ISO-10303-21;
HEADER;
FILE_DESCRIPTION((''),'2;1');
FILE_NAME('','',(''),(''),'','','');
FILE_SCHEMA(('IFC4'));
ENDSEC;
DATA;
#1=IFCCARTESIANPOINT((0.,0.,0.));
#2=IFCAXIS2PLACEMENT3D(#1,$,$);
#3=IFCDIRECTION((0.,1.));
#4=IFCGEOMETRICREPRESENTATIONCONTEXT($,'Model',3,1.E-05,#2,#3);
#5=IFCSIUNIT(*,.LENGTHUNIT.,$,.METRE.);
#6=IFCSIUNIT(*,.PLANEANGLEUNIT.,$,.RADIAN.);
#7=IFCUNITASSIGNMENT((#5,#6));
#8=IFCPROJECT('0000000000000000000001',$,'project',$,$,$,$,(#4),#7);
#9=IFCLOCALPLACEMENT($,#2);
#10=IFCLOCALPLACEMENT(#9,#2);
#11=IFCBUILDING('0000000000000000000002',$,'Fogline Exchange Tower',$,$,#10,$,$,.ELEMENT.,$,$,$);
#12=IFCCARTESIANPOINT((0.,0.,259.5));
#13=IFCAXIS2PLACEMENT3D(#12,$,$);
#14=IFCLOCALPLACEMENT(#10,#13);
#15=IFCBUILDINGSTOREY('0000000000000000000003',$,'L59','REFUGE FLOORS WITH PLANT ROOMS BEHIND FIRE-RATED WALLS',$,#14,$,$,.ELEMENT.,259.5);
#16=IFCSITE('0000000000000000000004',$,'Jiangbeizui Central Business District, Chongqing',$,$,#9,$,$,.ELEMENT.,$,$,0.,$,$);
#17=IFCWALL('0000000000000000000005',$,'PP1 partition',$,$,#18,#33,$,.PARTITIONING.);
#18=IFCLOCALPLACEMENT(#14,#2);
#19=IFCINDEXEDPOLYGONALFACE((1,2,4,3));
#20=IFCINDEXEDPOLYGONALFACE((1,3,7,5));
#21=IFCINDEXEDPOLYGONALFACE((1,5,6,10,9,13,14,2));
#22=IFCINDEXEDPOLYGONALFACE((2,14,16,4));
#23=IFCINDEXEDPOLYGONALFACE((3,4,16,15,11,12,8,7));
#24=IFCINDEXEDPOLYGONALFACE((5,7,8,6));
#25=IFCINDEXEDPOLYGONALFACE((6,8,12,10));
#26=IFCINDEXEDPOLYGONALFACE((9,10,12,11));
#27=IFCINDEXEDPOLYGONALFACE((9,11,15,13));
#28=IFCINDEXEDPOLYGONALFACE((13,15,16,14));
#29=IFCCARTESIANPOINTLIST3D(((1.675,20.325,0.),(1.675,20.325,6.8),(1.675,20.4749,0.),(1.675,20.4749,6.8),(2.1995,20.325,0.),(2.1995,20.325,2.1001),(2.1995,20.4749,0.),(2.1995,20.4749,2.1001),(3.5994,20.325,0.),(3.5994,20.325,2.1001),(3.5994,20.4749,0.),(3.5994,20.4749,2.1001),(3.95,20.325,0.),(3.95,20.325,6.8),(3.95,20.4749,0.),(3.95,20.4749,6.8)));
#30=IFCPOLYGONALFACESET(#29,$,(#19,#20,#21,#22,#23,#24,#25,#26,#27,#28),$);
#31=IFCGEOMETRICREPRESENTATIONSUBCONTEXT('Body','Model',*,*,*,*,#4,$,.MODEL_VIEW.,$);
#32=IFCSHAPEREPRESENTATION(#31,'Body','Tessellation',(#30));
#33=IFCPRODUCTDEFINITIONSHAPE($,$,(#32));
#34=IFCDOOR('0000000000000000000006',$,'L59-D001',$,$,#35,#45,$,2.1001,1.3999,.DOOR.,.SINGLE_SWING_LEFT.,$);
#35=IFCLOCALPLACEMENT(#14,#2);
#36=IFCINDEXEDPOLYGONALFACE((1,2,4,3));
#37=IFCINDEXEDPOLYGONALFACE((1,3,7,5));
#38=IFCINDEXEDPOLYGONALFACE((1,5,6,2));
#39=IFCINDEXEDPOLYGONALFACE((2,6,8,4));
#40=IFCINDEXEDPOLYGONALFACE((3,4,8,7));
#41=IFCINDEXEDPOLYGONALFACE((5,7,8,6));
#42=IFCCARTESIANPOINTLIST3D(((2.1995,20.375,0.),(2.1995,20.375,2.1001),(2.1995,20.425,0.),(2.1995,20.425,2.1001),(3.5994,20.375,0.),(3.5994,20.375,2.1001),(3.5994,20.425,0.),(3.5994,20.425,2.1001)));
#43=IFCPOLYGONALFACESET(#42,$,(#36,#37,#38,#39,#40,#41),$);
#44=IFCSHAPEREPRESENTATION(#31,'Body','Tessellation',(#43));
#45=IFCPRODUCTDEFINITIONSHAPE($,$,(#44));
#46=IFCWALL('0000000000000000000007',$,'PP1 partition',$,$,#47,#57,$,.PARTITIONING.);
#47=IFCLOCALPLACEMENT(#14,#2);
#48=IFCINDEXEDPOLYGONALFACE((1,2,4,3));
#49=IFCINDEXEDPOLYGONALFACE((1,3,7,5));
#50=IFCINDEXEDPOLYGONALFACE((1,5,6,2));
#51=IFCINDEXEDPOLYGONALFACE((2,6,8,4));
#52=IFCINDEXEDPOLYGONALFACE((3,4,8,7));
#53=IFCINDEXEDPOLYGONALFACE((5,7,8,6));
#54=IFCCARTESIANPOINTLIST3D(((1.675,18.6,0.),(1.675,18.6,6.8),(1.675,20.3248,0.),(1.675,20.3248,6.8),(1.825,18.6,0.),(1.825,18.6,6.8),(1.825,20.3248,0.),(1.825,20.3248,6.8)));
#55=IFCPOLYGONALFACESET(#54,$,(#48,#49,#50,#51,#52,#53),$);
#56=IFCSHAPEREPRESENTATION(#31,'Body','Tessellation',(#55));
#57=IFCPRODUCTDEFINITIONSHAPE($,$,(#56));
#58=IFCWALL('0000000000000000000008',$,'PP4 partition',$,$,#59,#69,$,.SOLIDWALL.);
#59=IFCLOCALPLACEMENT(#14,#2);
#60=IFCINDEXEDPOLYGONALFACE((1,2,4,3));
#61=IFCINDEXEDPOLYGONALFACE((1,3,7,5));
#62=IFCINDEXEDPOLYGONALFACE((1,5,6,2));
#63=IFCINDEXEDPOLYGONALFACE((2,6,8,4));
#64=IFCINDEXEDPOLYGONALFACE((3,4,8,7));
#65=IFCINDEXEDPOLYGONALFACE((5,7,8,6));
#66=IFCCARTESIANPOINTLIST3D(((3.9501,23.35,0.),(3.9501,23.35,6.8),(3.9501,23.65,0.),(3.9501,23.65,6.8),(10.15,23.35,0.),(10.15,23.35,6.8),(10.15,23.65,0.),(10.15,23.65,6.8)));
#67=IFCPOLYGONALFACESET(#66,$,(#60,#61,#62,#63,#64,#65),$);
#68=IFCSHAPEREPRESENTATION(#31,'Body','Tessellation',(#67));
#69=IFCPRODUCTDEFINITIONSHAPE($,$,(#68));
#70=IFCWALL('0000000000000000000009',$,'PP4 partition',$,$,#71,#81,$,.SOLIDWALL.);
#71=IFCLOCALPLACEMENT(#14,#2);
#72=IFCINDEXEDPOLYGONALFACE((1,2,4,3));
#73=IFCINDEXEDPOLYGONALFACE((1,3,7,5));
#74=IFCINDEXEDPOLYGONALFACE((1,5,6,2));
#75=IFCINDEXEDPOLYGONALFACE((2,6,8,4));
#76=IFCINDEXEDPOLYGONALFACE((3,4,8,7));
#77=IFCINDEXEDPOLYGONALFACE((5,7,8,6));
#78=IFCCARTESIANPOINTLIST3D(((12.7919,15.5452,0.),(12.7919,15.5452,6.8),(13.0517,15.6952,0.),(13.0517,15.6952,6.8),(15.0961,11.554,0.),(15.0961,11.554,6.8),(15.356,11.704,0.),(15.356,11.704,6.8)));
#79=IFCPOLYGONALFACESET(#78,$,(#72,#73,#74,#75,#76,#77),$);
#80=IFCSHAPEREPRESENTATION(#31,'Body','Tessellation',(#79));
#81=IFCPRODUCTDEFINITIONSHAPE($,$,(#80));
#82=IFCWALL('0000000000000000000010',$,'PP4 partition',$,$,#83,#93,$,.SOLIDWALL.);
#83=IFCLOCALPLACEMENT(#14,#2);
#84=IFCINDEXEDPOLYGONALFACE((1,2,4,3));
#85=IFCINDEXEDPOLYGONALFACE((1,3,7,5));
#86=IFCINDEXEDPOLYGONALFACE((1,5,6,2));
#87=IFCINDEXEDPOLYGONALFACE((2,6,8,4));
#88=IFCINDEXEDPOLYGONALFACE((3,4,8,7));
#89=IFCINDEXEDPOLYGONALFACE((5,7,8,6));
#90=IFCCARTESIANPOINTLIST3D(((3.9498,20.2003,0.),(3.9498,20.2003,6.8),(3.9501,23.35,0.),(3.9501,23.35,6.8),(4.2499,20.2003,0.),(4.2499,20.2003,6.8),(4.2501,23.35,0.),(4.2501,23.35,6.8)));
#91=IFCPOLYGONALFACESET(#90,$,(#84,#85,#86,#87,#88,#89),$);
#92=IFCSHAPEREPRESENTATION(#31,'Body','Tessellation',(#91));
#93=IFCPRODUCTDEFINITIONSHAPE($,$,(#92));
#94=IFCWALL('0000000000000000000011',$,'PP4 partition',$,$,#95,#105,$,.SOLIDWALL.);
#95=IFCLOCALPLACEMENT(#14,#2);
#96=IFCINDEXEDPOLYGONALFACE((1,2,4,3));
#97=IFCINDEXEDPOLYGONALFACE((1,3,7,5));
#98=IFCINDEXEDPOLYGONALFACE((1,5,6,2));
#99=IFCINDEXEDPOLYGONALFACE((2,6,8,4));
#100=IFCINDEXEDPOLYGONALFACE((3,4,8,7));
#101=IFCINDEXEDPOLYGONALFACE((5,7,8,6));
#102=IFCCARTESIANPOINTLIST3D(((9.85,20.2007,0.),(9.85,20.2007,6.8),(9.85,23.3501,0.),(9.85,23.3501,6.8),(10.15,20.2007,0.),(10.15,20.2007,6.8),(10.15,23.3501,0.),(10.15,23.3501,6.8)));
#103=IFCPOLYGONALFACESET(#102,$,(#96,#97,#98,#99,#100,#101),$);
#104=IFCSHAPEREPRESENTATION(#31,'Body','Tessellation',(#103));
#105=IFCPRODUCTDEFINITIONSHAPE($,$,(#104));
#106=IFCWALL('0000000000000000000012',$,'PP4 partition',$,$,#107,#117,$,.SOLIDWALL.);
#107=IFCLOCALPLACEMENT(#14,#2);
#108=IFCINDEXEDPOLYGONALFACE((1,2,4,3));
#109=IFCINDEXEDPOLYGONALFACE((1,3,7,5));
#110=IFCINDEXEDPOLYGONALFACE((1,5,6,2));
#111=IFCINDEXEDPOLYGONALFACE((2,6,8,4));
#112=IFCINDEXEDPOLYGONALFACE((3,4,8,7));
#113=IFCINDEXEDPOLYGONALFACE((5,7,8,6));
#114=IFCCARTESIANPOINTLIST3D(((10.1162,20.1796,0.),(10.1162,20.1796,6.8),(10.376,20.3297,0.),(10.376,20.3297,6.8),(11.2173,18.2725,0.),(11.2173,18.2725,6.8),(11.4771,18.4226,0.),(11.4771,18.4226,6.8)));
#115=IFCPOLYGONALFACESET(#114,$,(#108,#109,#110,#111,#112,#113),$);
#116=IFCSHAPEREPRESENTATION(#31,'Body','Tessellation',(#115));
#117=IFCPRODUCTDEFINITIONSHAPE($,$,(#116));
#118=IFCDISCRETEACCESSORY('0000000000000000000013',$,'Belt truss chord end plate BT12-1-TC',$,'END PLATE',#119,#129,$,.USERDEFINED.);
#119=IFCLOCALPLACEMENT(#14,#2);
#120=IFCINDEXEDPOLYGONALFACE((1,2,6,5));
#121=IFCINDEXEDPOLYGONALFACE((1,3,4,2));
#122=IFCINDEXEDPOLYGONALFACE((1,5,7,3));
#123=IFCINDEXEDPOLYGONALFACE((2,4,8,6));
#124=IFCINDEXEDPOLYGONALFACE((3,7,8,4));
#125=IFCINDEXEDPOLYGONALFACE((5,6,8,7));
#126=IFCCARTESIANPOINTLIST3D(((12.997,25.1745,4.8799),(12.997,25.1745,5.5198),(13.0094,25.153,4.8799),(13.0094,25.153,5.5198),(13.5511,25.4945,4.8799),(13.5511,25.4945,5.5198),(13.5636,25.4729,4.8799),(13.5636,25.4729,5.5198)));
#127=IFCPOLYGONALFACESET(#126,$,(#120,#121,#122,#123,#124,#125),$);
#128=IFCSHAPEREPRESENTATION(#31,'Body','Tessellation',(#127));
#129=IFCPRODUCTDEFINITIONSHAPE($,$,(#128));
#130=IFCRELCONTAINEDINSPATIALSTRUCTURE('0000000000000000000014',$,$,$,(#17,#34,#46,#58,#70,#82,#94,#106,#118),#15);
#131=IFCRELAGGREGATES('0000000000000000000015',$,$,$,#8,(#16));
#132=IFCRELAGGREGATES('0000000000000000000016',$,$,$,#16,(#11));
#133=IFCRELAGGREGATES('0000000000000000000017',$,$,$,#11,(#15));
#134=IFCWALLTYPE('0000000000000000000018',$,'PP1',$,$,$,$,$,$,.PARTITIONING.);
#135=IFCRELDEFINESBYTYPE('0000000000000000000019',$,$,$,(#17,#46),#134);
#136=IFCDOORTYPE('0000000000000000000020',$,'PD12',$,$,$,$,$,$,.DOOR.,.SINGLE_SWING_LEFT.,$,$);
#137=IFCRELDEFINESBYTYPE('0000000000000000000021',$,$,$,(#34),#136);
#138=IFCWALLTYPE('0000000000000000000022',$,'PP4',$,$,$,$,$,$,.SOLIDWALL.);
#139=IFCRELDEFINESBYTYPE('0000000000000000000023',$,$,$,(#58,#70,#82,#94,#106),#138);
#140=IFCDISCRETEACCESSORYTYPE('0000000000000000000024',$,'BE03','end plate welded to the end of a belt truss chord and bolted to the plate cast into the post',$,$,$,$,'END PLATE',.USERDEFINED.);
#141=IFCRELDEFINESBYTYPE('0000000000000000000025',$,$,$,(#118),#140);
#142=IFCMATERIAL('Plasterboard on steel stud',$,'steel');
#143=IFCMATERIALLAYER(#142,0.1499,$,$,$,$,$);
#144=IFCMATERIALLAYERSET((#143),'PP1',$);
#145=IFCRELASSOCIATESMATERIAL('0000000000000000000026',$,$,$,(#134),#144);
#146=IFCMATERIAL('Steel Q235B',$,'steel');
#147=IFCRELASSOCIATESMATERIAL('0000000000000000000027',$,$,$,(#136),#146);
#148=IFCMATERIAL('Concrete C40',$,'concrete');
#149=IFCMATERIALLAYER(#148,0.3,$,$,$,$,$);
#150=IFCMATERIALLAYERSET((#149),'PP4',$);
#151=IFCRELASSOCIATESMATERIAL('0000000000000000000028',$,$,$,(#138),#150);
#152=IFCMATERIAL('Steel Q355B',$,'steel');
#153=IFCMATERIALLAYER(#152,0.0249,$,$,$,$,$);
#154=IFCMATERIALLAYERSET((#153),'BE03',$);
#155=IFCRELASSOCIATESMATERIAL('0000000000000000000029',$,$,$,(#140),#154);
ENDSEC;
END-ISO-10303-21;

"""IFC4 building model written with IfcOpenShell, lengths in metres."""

from ifc_helpers import new_model, si_unit, direction, frame, frame_2d, origin, origin_2d, place, context, subcontext, project, spatial, rectangle, extrude, material, layer, layer_set, type_object, element, fill, save


model = new_model("IFC4")

# Units and contexts
model_context = context("Model", 3, precision=1e-05, world=origin(), true_north=direction((0.0, 1.0)))
body_context = subcontext(model_context, "Body", "Model", "MODEL_VIEW")
ifc_project = project(units=[si_unit("LENGTHUNIT", "METRE"), si_unit("PLANEANGLEUNIT", "RADIAN")], contexts=[model_context])

# Site, building, storey
site_placement = place(None, origin())
site = spatial("IfcSite", under=ifc_project, at=site_placement, Name="Jiangbeizui Central Business District, Chongqing", CompositionType="ELEMENT", RefElevation=0.0)
building_placement = place(site_placement, origin())
building = spatial("IfcBuilding", under=site, at=building_placement, Name="Fogline Exchange Tower", CompositionType="ELEMENT")
storey_placement = place(building_placement, frame((0.0, 0.0, 259.5)))
storey = spatial("IfcBuildingStorey", under=building, at=storey_placement, Name="L59", Description="REFUGE FLOORS WITH PLANT ROOMS BEHIND FIRE-RATED WALLS", CompositionType="ELEMENT", Elevation=259.5)

# Shared definitions
ifc_material_1 = material(Name="Concrete C40", Category="concrete")

# Shared definitions
ifc_material_2 = material(Name="Steel Q355B", Category="steel")

# Wall, opening, door
ifc_material_3 = material(Name="Plasterboard on steel stud", Category="steel")
ifc_layer_1 = layer(ifc_material_3, 0.1499)
ifc_layer_set_1 = layer_set([ifc_layer_1], Name="PP1")
wall_type_1 = type_object("IfcWallType", Name="PP1", PredefinedType="PARTITIONING", material=ifc_layer_set_1)
wall_1_placement = place(storey_placement, frame((1.675, 20.3999, 0.0), z_axis=(0.0, 0.0, 1.0), x_axis=(1.0, 0.0, 0.0)))
wall_1 = element("IfcWall", 1, at=wall_1_placement, inside=storey, type_object=wall_type_1, Name="PP1 partition", PredefinedType="PARTITIONING", context=body_context, shape_type="SweptSolid", body=[
    extrude(rectangle(XDim=2.2749, YDim=0.1499, at=frame_2d((1.1375, 0.0))), origin(), (0.0, 0.0, 1.0), 6.8),
])
opening_1_placement = place(wall_1_placement, frame((0.5244, 0.0, 0.0)))
opening_1 = element("IfcOpeningElement", 2, at=opening_1_placement, cuts=wall_1, PredefinedType="OPENING", context=body_context, shape_type="SweptSolid", body=[
    extrude(rectangle(XDim=1.3999, YDim=2.1001, at=frame_2d((0.7, 1.05))), frame((0.0, 0.085, 0.0), z_axis=(0.0, -1.0, 0.0), x_axis=(1.0, 0.0, 0.0)), (0.0, 0.0, 1.0), 0.1699),
])
ifc_material_4 = material(Name="Steel Q235B", Category="steel")
door_type_1 = type_object("IfcDoorType", Name="PD12", OperationType="SINGLE_SWING_LEFT", PredefinedType="DOOR", material=ifc_material_4)
door_1_placement = place(opening_1_placement, frame((1.3999, 0.0, 0.0), z_axis=(0.0, 0.0, 1.0), x_axis=(-1.0, 0.0, 0.0)))
door_1 = element("IfcDoor", 3, at=door_1_placement, inside=storey, type_object=door_type_1, Name="L59-D001", OperationType="SINGLE_SWING_LEFT", OverallHeight=2.1001, OverallWidth=1.3999, PredefinedType="DOOR", context=body_context, shape_type="SweptSolid", body=[
    extrude(rectangle(XDim=1.3999, YDim=2.1001, at=frame_2d((0.7, 1.05))), frame((0.0, 0.0249, 0.0), z_axis=(0.0, -1.0, 0.0), x_axis=(1.0, 0.0, 0.0)), (0.0, 0.0, 1.0), 0.05),
])
fill(opening_1, door_1)

# Walls
wall_2_placement = place(storey_placement, frame((1.75, 18.6001, 0.0), z_axis=(0.0, 0.0, 1.0), x_axis=(0.0, 1.0, 0.0)))
element("IfcWall", 4, at=wall_2_placement, inside=storey, type_object=wall_type_1, Name="PP1 partition", PredefinedType="PARTITIONING", context=body_context, shape_type="SweptSolid", body=[
    extrude(rectangle(XDim=1.7249, YDim=0.1499, at=frame_2d((0.8623, 0.0))), origin(), (0.0, 0.0, 1.0), 6.8),
])
ifc_layer_2 = layer(ifc_material_1, 0.3)
ifc_layer_set_2 = layer_set([ifc_layer_2], Name="PP4")
wall_type_2 = type_object("IfcWallType", Name="PP4", PredefinedType="SOLIDWALL", material=ifc_layer_set_2)
wall_3_placement = place(storey_placement, frame((3.95, 23.5, 0.0), z_axis=(0.0, 0.0, 1.0), x_axis=(1.0, 0.0, 0.0)))
element("IfcWall", 5, at=wall_3_placement, inside=storey, type_object=wall_type_2, Name="PP4 partition", PredefinedType="SOLIDWALL", context=body_context, shape_type="SweptSolid", body=[
    extrude(rectangle(XDim=6.2, YDim=0.3, at=frame_2d((3.1001, 0.0))), origin(), (0.0, 0.0, 1.0), 6.8),
])
wall_4_placement = place(storey_placement, frame((12.9219, 15.6201, 0.0), z_axis=(0.0, 0.0, 1.0), x_axis=(0.499979, -0.866037, 0.0)))
element("IfcWall", 6, at=wall_4_placement, inside=storey, type_object=wall_type_2, Name="PP4 partition", PredefinedType="SOLIDWALL", context=body_context, shape_type="SweptSolid", body=[
    extrude(rectangle(XDim=4.6086, YDim=0.3, at=frame_2d((2.3042, 0.0))), origin(), (0.0, 0.0, 1.0), 6.8),
])
wall_5_placement = place(storey_placement, frame((4.0999, 20.2004, 0.0), z_axis=(0.0, 0.0, 1.0), x_axis=(0.000078, 1.0, 0.0)))
element("IfcWall", 7, at=wall_5_placement, inside=storey, type_object=wall_type_2, Name="PP4 partition", PredefinedType="SOLIDWALL", context=body_context, shape_type="SweptSolid", body=[
    extrude(rectangle(XDim=3.1497, YDim=0.3, at=frame_2d((1.5747, 0.0))), origin(), (0.0, 0.0, 1.0), 6.8),
])
wall_6_placement = place(storey_placement, frame((10.0, 23.3501, 0.0), z_axis=(0.0, 0.0, 1.0), x_axis=(0.0, -1.0, 0.0)))
element("IfcWall", 8, at=wall_6_placement, inside=storey, type_object=wall_type_2, Name="PP4 partition", PredefinedType="SOLIDWALL", context=body_context, shape_type="SweptSolid", body=[
    extrude(rectangle(XDim=3.1494, YDim=0.3, at=frame_2d((1.5747, 0.0))), origin(), (0.0, 0.0, 1.0), 6.8),
])
wall_7_placement = place(storey_placement, frame((10.2461, 20.2546, 0.0), z_axis=(0.0, 0.0, 1.0), x_axis=(0.500026, -0.86601, 0.0)))
element("IfcWall", 9, at=wall_7_placement, inside=storey, type_object=wall_type_2, Name="PP4 partition", PredefinedType="SOLIDWALL", context=body_context, shape_type="SweptSolid", body=[
    extrude(rectangle(XDim=2.2021, YDim=0.3, at=frame_2d((1.1011, 0.0))), origin(), (0.0, 0.0, 1.0), 6.8),
])

# Discrete accessory
ifc_layer_3 = layer(ifc_material_2, 0.0249)
ifc_layer_set_3 = layer_set([ifc_layer_3], Name="BE03")
discrete_accessory_type = type_object("IfcDiscreteAccessoryType", Name="BE03", Description="end plate welded to the end of a belt truss chord and bolted to the plate cast into the post", ElementType="END PLATE", PredefinedType="USERDEFINED", material=ifc_layer_set_3)
discrete_accessory_placement = place(storey_placement, frame((13.2803, 25.3237, 4.8799), z_axis=(0.0, 0.0, 1.0), x_axis=(0.5, -0.866025, 0.0)))
element("IfcDiscreteAccessory", 10, at=discrete_accessory_placement, inside=storey, type_object=discrete_accessory_type, Name="Belt truss chord end plate BT12-1-TC", ObjectType="END PLATE", PredefinedType="USERDEFINED", context=body_context, shape_type="SweptSolid", body=[
    extrude(rectangle(XDim=0.0249, YDim=0.6399, at=origin_2d()), origin(), (0.0, 0.0, 1.0), 0.6399),
])

save(model, "model.ifc")
